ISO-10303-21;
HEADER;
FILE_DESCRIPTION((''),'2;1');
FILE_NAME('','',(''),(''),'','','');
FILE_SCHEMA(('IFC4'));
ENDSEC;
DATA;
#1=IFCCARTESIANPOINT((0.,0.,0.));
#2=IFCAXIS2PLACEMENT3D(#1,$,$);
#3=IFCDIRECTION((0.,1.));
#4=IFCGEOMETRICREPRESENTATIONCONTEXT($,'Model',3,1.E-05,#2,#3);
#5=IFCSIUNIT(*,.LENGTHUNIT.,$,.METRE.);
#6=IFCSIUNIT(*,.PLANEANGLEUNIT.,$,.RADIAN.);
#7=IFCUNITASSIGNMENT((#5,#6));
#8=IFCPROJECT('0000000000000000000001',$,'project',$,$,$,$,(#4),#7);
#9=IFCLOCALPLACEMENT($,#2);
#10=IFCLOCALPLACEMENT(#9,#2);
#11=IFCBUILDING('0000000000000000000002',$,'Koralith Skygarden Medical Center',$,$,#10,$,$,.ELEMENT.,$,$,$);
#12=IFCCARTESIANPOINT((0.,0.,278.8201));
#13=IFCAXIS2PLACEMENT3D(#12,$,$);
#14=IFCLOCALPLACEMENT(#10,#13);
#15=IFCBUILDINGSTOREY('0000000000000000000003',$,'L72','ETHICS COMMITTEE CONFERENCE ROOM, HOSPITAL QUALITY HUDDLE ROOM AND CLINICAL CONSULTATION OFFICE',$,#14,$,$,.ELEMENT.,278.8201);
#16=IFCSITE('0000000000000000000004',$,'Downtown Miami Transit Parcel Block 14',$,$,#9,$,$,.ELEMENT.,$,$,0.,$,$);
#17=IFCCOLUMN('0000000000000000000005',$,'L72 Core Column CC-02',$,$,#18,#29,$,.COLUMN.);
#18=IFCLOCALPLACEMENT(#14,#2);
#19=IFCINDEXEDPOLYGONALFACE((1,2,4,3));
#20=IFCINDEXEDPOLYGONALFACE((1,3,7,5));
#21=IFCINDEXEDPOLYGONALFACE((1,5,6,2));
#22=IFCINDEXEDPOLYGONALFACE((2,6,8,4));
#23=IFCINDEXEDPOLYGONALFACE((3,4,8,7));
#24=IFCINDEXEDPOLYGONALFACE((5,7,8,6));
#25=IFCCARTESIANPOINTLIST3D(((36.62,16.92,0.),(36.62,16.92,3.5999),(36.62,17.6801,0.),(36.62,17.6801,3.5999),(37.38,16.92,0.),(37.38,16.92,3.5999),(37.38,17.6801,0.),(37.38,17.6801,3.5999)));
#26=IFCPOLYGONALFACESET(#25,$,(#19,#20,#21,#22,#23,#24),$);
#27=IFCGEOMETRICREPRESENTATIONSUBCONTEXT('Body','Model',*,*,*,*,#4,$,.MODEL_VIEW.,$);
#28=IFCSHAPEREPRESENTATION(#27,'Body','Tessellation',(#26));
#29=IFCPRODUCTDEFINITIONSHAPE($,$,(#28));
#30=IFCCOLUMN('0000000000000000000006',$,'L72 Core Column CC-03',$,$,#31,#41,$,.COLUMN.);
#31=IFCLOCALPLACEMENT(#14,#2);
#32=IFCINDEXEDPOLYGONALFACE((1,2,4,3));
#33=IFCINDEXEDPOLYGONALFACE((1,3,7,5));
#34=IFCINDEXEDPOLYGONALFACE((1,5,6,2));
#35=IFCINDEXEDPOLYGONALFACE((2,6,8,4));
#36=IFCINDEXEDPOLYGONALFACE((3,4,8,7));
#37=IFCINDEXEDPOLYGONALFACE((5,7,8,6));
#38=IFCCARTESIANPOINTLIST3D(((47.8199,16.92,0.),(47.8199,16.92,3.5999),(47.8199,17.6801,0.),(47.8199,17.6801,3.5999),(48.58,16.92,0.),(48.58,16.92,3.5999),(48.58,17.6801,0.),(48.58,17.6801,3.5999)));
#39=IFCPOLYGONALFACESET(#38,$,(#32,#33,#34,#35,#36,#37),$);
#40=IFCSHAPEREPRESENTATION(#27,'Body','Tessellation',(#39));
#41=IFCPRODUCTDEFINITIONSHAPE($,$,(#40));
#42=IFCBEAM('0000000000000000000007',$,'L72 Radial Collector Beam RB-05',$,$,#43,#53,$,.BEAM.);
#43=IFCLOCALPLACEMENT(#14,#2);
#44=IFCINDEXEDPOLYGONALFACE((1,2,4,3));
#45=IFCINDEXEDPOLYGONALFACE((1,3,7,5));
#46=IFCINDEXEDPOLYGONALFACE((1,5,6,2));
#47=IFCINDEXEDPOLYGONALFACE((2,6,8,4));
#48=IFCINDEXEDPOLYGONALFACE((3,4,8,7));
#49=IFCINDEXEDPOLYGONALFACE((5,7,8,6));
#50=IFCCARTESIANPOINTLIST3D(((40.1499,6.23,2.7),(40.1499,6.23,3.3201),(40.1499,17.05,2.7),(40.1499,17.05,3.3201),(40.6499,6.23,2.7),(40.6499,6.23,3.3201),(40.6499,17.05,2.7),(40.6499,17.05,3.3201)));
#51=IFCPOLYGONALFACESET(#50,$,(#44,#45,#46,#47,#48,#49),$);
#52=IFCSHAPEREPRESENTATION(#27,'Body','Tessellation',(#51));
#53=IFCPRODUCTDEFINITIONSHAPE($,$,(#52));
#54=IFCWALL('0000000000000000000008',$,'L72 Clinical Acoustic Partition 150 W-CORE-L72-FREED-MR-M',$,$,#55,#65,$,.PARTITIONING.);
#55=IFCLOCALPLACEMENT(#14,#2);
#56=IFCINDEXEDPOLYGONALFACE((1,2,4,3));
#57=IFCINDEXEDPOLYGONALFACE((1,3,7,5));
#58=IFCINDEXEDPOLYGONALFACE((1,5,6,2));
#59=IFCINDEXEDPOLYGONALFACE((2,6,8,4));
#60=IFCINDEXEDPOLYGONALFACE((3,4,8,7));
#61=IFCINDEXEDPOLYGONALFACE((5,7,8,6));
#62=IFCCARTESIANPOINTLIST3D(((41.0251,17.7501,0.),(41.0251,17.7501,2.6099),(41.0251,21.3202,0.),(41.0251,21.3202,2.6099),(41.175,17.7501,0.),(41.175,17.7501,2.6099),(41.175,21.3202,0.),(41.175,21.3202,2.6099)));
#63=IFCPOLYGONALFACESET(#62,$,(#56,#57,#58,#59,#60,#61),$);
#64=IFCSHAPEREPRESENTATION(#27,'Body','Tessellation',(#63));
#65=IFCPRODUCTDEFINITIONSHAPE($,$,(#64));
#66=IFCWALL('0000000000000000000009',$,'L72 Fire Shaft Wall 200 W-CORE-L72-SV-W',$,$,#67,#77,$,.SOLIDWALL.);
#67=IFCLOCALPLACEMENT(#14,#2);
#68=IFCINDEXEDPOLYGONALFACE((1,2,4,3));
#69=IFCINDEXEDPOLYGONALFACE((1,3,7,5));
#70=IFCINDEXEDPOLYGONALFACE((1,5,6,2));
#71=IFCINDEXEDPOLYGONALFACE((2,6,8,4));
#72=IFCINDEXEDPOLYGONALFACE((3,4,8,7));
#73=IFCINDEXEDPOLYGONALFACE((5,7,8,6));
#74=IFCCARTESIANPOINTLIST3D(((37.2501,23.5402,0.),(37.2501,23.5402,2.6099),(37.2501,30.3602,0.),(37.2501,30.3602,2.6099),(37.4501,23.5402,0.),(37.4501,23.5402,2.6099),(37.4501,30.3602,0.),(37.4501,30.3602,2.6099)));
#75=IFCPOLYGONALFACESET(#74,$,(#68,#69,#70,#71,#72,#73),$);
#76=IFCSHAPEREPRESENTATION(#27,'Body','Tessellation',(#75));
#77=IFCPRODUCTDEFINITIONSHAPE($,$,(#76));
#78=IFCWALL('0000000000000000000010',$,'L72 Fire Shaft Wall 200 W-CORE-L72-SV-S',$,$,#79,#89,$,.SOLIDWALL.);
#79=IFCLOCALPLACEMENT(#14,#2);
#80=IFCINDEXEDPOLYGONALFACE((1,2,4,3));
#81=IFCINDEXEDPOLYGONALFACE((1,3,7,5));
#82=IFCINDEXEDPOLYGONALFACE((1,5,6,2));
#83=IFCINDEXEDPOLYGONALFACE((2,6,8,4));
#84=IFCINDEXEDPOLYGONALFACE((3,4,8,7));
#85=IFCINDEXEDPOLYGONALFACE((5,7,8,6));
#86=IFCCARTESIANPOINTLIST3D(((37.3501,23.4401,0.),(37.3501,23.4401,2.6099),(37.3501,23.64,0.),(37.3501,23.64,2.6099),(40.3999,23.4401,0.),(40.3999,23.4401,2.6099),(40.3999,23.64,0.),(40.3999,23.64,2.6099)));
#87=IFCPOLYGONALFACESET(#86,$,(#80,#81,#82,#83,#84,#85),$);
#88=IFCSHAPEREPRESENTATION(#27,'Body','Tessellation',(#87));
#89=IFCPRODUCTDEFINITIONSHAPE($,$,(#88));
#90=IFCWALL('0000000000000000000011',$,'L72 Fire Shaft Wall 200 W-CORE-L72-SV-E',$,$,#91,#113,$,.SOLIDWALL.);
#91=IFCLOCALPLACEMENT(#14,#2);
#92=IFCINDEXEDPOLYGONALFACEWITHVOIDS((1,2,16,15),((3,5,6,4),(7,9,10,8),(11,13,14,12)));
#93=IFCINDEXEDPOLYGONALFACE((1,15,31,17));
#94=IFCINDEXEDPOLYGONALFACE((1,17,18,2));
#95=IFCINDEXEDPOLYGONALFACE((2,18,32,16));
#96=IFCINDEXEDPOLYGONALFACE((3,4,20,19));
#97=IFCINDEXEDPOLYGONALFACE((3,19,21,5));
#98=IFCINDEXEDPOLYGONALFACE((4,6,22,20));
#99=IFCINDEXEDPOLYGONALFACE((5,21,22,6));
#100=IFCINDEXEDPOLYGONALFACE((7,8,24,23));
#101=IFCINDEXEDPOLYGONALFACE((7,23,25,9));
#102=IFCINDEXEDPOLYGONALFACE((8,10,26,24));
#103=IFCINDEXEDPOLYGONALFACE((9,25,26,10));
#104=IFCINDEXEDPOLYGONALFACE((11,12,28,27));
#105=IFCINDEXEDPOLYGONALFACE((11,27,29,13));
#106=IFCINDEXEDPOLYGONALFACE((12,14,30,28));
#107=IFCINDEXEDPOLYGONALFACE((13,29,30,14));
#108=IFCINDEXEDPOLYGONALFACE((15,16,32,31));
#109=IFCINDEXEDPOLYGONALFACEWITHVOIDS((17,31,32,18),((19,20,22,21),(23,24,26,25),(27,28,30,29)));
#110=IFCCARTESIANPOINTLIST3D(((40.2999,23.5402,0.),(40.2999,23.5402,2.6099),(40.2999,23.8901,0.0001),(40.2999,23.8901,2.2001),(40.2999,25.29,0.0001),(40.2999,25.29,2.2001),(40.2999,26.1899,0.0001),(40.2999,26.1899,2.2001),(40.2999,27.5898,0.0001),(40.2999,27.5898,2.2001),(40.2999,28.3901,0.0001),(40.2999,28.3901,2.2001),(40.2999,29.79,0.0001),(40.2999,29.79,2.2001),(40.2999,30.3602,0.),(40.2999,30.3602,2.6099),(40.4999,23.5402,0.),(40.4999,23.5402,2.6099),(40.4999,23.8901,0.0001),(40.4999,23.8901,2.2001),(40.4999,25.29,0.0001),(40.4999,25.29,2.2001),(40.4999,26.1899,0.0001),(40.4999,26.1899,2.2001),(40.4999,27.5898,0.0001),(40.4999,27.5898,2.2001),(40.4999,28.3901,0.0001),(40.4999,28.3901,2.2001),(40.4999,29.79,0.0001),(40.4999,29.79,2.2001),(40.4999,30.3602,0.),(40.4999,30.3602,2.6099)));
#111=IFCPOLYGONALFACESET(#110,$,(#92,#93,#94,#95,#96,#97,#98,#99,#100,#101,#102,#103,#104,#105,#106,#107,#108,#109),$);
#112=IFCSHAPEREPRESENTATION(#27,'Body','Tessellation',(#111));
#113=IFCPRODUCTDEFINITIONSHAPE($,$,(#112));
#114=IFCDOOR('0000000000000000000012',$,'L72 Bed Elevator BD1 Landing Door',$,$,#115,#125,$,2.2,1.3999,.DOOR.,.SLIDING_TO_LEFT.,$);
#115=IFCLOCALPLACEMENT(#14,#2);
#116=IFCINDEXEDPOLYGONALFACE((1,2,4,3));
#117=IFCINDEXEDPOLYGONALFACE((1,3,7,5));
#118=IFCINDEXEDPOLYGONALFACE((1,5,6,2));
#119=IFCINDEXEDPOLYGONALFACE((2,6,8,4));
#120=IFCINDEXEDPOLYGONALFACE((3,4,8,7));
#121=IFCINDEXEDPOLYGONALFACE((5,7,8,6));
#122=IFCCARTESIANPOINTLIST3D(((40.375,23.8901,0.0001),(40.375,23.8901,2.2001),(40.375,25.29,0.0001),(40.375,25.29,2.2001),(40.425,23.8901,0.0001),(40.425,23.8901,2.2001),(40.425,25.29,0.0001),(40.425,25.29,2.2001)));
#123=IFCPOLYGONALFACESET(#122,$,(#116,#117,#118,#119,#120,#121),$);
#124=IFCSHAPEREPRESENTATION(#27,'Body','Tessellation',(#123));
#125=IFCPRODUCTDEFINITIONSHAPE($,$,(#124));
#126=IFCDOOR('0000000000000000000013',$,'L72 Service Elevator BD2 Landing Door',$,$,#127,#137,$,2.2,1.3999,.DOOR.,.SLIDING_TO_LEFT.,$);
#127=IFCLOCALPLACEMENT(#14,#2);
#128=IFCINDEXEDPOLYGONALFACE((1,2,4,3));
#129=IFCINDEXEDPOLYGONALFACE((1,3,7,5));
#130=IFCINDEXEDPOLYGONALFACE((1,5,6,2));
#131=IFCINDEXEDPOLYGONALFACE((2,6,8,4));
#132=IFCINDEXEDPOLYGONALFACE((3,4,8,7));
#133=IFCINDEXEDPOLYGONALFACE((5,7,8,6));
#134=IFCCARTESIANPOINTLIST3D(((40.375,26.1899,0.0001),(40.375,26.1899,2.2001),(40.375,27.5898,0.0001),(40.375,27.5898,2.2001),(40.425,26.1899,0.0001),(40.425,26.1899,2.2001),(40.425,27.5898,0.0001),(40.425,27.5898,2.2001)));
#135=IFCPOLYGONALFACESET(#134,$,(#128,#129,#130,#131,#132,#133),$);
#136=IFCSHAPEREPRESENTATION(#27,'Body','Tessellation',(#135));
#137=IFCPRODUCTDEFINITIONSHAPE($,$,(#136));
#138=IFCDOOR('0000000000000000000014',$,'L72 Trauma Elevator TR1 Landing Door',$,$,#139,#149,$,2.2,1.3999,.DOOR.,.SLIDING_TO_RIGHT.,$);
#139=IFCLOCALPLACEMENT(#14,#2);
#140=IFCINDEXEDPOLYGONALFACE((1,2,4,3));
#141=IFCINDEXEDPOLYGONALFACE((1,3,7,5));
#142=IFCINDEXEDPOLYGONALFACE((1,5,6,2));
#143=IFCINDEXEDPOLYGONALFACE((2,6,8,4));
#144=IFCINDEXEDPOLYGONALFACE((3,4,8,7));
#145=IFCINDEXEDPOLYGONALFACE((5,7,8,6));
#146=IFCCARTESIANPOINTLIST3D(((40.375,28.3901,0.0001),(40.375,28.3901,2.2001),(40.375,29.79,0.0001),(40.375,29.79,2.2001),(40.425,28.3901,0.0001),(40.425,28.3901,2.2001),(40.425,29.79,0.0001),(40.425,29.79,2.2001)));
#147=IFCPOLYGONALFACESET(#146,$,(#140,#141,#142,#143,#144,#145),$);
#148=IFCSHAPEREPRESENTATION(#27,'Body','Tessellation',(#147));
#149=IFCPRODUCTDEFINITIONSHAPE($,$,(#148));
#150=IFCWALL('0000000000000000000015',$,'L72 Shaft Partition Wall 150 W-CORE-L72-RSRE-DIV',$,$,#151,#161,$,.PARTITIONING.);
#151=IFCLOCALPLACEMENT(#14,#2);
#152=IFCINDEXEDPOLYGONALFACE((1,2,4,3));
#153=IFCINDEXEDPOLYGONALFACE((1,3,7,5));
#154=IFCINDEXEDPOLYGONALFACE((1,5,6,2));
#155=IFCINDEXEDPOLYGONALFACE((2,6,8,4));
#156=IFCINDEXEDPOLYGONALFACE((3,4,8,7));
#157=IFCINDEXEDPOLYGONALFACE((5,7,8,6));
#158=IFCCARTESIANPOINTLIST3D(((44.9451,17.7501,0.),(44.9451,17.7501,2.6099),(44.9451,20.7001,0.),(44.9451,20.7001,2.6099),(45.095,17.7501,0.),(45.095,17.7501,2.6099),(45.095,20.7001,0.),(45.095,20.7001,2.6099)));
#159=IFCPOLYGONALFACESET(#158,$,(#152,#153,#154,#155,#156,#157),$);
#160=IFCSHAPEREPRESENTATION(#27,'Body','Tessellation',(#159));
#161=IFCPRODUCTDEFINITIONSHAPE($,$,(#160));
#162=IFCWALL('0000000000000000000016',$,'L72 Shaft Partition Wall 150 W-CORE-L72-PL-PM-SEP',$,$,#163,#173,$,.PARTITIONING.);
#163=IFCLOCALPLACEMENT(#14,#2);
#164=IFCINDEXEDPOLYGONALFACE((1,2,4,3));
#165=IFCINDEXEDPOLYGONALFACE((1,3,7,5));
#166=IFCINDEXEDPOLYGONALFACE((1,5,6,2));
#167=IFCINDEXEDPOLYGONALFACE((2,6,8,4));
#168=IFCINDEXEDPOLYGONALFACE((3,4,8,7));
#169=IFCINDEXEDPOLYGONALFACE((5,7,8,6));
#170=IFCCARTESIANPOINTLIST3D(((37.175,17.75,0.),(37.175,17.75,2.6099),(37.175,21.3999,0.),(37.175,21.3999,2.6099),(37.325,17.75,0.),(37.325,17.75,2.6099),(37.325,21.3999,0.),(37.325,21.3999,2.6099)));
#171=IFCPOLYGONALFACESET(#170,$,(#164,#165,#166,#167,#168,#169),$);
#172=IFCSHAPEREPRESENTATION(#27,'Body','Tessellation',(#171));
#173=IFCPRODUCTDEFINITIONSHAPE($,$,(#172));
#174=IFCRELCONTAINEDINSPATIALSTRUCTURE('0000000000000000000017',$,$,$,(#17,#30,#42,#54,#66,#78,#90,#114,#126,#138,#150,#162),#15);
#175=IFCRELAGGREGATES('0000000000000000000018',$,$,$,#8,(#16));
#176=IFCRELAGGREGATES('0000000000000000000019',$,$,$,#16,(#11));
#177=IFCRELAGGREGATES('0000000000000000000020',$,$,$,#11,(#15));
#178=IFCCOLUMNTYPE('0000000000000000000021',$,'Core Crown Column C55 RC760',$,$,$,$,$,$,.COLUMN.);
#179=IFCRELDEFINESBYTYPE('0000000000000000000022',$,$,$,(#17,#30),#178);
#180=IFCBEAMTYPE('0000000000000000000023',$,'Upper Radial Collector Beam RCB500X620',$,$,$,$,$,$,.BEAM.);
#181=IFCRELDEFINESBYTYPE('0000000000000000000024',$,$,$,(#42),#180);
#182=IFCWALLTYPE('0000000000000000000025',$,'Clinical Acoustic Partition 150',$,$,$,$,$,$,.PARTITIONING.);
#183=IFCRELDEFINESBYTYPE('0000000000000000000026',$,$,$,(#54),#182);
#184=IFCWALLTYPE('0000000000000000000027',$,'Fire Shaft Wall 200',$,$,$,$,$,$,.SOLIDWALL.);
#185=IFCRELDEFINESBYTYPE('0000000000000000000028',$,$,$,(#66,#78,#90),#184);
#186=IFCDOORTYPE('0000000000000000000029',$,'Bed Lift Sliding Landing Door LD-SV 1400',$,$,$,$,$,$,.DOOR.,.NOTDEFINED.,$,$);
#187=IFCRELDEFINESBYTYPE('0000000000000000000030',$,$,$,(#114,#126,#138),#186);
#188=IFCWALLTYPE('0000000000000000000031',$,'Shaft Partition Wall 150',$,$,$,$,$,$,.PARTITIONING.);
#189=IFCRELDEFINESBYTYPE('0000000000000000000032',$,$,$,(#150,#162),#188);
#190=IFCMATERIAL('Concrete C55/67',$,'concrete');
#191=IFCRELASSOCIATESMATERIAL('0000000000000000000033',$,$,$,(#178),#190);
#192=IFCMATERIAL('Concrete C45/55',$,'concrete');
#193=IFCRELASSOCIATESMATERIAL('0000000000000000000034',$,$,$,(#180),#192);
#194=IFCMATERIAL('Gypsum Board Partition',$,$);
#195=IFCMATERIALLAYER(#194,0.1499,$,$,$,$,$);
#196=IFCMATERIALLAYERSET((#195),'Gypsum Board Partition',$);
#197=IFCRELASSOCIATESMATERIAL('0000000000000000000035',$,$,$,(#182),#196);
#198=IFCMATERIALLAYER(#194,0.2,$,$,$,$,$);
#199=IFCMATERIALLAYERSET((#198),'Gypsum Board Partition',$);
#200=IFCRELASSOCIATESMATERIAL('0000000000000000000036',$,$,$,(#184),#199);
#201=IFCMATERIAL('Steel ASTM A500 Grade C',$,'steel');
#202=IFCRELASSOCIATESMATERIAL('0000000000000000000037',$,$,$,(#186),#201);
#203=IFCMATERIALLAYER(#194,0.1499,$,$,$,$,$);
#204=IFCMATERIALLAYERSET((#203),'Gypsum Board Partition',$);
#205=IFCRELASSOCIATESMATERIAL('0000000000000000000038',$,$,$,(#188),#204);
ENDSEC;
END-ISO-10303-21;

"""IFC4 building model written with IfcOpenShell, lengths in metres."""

from ifc_helpers import new_model, si_unit, direction, frame, frame_2d, origin, origin_2d, place, context, subcontext, project, spatial, rectangle, extrude, material, layer, layer_set, material_profile, profile_set, type_object, element, fill, save


model = new_model("IFC4")

# Units and contexts
model_context = context("Model", 3, precision=1e-05, world=origin(), true_north=direction((0.0, 1.0)))
body_context = subcontext(model_context, "Body", "Model", "MODEL_VIEW")
ifc_project = project(units=[si_unit("LENGTHUNIT", "METRE"), si_unit("PLANEANGLEUNIT", "RADIAN")], contexts=[model_context])

# Site, building, storey
site_placement = place(None, origin())
site = spatial("IfcSite", under=ifc_project, at=site_placement, Name="Downtown Miami Transit Parcel Block 14", CompositionType="ELEMENT", RefElevation=0.0)
building_placement = place(site_placement, origin())
building = spatial("IfcBuilding", under=site, at=building_placement, Name="Koralith Skygarden Medical Center", CompositionType="ELEMENT")
storey_placement = place(building_placement, frame((0.0, 0.0, 278.8201)))
storey = spatial("IfcBuildingStorey", under=building, at=storey_placement, Name="L72", Description="ETHICS COMMITTEE CONFERENCE ROOM, HOSPITAL QUALITY HUDDLE ROOM AND CLINICAL CONSULTATION OFFICE", CompositionType="ELEMENT", Elevation=278.8201)

# Columns
ifc_material_1 = material(Name="Concrete C55/67", Category="concrete")
ifc_material_profile_1 = material_profile(ifc_material_1, rectangle(XDim=0.76, YDim=0.76, at=origin_2d()), Name="RC760X760")
ifc_profile_set_1 = profile_set([ifc_material_profile_1], Name="Concrete C55/67")
column_type = type_object("IfcColumnType", Name="Core Crown Column C55 RC760", PredefinedType="COLUMN", material=ifc_profile_set_1)
for number, where, z_axis, x_axis, name in (
    (1, (37.0, 17.3, 0.0), (0.0, 0.0, 1.0), (1.0, 0.0, 0.0), "L72 Core Column CC-02"),
    (2, (48.2, 17.3, 0.0), (0.0, 0.0, 1.0), (1.0, 0.0, 0.0), "L72 Core Column CC-03"),
):
    element("IfcColumn", number, at=place(storey_placement, frame(where, z_axis=z_axis, x_axis=x_axis)), inside=storey, type_object=column_type, Name=name, PredefinedType="COLUMN", context=body_context, shape_type="SweptSolid", body=[
        extrude(rectangle(XDim=0.76, YDim=0.76, at=origin_2d()), origin(), (0.0, 0.0, 1.0), 3.5999),
    ])

# Beam
ifc_material_2 = material(Name="Concrete C45/55", Category="concrete")
ifc_material_profile_2 = material_profile(ifc_material_2, rectangle(XDim=0.5, YDim=0.6201, at=origin_2d()), Name="RCB500X620")
ifc_profile_set_2 = profile_set([ifc_material_profile_2], Name="Concrete C45/55")
beam_type = type_object("IfcBeamType", Name="Upper Radial Collector Beam RCB500X620", PredefinedType="BEAM", material=ifc_profile_set_2)
beam_placement = place(storey_placement, frame((40.3999, 17.05, 3.01), z_axis=(0.0, -1.0, 0.0), x_axis=(1.0, 0.0, 0.0)))
element("IfcBeam", 3, at=beam_placement, inside=storey, type_object=beam_type, Name="L72 Radial Collector Beam RB-05", PredefinedType="BEAM", context=body_context, shape_type="SweptSolid", body=[
    extrude(rectangle(XDim=0.5, YDim=0.6201, at=origin_2d()), origin(), (0.0, 0.0, 1.0), 10.8201),
])

# Shared definitions
ifc_material_3 = material(Name="Gypsum Board Partition")
ifc_layer_1 = layer(ifc_material_3, 0.1499)
ifc_layer_set_1 = layer_set([ifc_layer_1], Name="Gypsum Board Partition")
wall_type_1 = type_object("IfcWallType", Name="Clinical Acoustic Partition 150", PredefinedType="PARTITIONING", material=ifc_layer_set_1)

# Wall
wall_1_placement = place(storey_placement, frame((41.1001, 17.75, 0.0), z_axis=(0.0, 0.0, 1.0), x_axis=(0.0, 1.0, 0.0)))
element("IfcWall", 4, at=wall_1_placement, inside=storey, type_object=wall_type_1, Name="L72 Clinical Acoustic Partition 150 W-CORE-L72-FREED-MR-M", PredefinedType="PARTITIONING", context=body_context, shape_type="SweptSolid", body=[
    extrude(rectangle(XDim=3.5701, YDim=0.1499, at=frame_2d((1.7852, 0.0))), origin(), (0.0, 0.0, 1.0), 2.6099),
])

# Shared definitions
ifc_layer_2 = layer(ifc_material_3, 0.2)
ifc_layer_set_2 = layer_set([ifc_layer_2], Name="Gypsum Board Partition")
wall_type_2 = type_object("IfcWallType", Name="Fire Shaft Wall 200", PredefinedType="SOLIDWALL", material=ifc_layer_set_2)
ifc_material_4 = material(Name="Steel ASTM A500 Grade C", Category="steel")

# Walls
wall_2_placement = place(storey_placement, frame((37.3501, 23.54, 0.0), z_axis=(0.0, 0.0, 1.0), x_axis=(0.0, 1.0, 0.0)))
element("IfcWall", 5, at=wall_2_placement, inside=storey, type_object=wall_type_2, Name="L72 Fire Shaft Wall 200 W-CORE-L72-SV-W", PredefinedType="SOLIDWALL", context=body_context, shape_type="SweptSolid", body=[
    extrude(rectangle(XDim=6.8201, YDim=0.2, at=frame_2d((3.4102, 0.0))), origin(), (0.0, 0.0, 1.0), 2.6099),
])
wall_3_placement = place(storey_placement, frame((37.3501, 23.54, 0.0), z_axis=(0.0, 0.0, 1.0), x_axis=(1.0, 0.0, 0.0)))
element("IfcWall", 6, at=wall_3_placement, inside=storey, type_object=wall_type_2, Name="L72 Fire Shaft Wall 200 W-CORE-L72-SV-S", PredefinedType="SOLIDWALL", context=body_context, shape_type="SweptSolid", body=[
    extrude(rectangle(XDim=3.0498, YDim=0.2, at=frame_2d((1.5249, 0.0))), origin(), (0.0, 0.0, 1.0), 2.6099),
])

# Wall, openings, doors
wall_4_placement = place(storey_placement, frame((40.3999, 23.54, 0.0), z_axis=(0.0, 0.0, 1.0), x_axis=(0.0, 1.0, 0.0)))
wall_4 = element("IfcWall", 7, at=wall_4_placement, inside=storey, type_object=wall_type_2, Name="L72 Fire Shaft Wall 200 W-CORE-L72-SV-E", PredefinedType="SOLIDWALL", context=body_context, shape_type="SweptSolid", body=[
    extrude(rectangle(XDim=6.8201, YDim=0.2, at=frame_2d((3.4102, 0.0))), origin(), (0.0, 0.0, 1.0), 2.6099),
])
opening_1_placement = place(wall_4_placement, frame((0.3501, 0.0, 0.0)))
opening_1 = element("IfcOpeningElement", 8, at=opening_1_placement, cuts=wall_4, PredefinedType="OPENING", context=body_context, shape_type="SweptSolid", body=[
    extrude(rectangle(XDim=1.3999, YDim=2.2, at=frame_2d((0.7, 1.1001))), frame((0.0, 0.1099, 0.0), z_axis=(0.0, -1.0, 0.0), x_axis=(1.0, 0.0, 0.0)), (0.0, 0.0, 1.0), 0.22),
])
opening_2_placement = place(wall_4_placement, frame((2.6499, 0.0, 0.0)))
opening_2 = element("IfcOpeningElement", 9, at=opening_2_placement, cuts=wall_4, PredefinedType="OPENING", context=body_context, shape_type="SweptSolid", body=[
    extrude(rectangle(XDim=1.3999, YDim=2.2, at=frame_2d((0.7, 1.1001))), frame((0.0, 0.1099, 0.0), z_axis=(0.0, -1.0, 0.0), x_axis=(1.0, 0.0, 0.0)), (0.0, 0.0, 1.0), 0.22),
])
opening_3_placement = place(wall_4_placement, frame((4.8501, 0.0, 0.0)))
opening_3 = element("IfcOpeningElement", 10, at=opening_3_placement, cuts=wall_4, PredefinedType="OPENING", context=body_context, shape_type="SweptSolid", body=[
    extrude(rectangle(XDim=1.3999, YDim=2.2, at=frame_2d((0.7, 1.1001))), frame((0.0, 0.1099, 0.0), z_axis=(0.0, -1.0, 0.0), x_axis=(1.0, 0.0, 0.0)), (0.0, 0.0, 1.0), 0.22),
])
door_type_1 = type_object("IfcDoorType", Name="Bed Lift Sliding Landing Door LD-SV 1400", OperationType="NOTDEFINED", PredefinedType="DOOR", material=ifc_material_4)
door_1_placement = place(opening_1_placement, origin())
door_1 = element("IfcDoor", 11, at=door_1_placement, inside=storey, type_object=door_type_1, Name="L72 Bed Elevator BD1 Landing Door", OperationType="SLIDING_TO_LEFT", OverallHeight=2.2, OverallWidth=1.3999, PredefinedType="DOOR", context=body_context, shape_type="SweptSolid", body=[
    extrude(rectangle(XDim=1.3999, YDim=2.2, at=frame_2d((0.7, 1.1001))), frame((0.0, 0.0249, 0.0), z_axis=(0.0, -1.0, 0.0), x_axis=(1.0, 0.0, 0.0)), (0.0, 0.0, 1.0), 0.05),
])
fill(opening_1, door_1)
door_2_placement = place(opening_2_placement, origin())
door_2 = element("IfcDoor", 12, at=door_2_placement, inside=storey, type_object=door_type_1, Name="L72 Service Elevator BD2 Landing Door", OperationType="SLIDING_TO_LEFT", OverallHeight=2.2, OverallWidth=1.3999, PredefinedType="DOOR", context=body_context, shape_type="SweptSolid", body=[
    extrude(rectangle(XDim=1.3999, YDim=2.2, at=frame_2d((0.7, 1.1001))), frame((0.0, 0.0249, 0.0), z_axis=(0.0, -1.0, 0.0), x_axis=(1.0, 0.0, 0.0)), (0.0, 0.0, 1.0), 0.05),
])
fill(opening_2, door_2)
door_3_placement = place(opening_3_placement, origin())
door_3 = element("IfcDoor", 13, at=door_3_placement, inside=storey, type_object=door_type_1, Name="L72 Trauma Elevator TR1 Landing Door", OperationType="SLIDING_TO_RIGHT", OverallHeight=2.2, OverallWidth=1.3999, PredefinedType="DOOR", context=body_context, shape_type="SweptSolid", body=[
    extrude(rectangle(XDim=1.3999, YDim=2.2, at=frame_2d((0.7, 1.1001))), frame((0.0, 0.0249, 0.0), z_axis=(0.0, -1.0, 0.0), x_axis=(1.0, 0.0, 0.0)), (0.0, 0.0, 1.0), 0.05),
])
fill(opening_3, door_3)

# Walls
ifc_layer_3 = layer(ifc_material_3, 0.1499)
ifc_layer_set_3 = layer_set([ifc_layer_3], Name="Gypsum Board Partition")
wall_type_3 = type_object("IfcWallType", Name="Shaft Partition Wall 150", PredefinedType="PARTITIONING", material=ifc_layer_set_3)
wall_5_placement = place(storey_placement, frame((45.02, 17.75, 0.0), z_axis=(0.0, 0.0, 1.0), x_axis=(0.0, 1.0, 0.0)))
element("IfcWall", 14, at=wall_5_placement, inside=storey, type_object=wall_type_3, Name="L72 Shaft Partition Wall 150 W-CORE-L72-RSRE-DIV", PredefinedType="PARTITIONING", context=body_context, shape_type="SweptSolid", body=[
    extrude(rectangle(XDim=2.95, YDim=0.1499, at=frame_2d((1.4751, 0.0))), origin(), (0.0, 0.0, 1.0), 2.6099),
])
wall_6_placement = place(storey_placement, frame((37.25, 17.75, 0.0), z_axis=(0.0, 0.0, 1.0), x_axis=(0.0, 1.0, 0.0)))
element("IfcWall", 15, at=wall_6_placement, inside=storey, type_object=wall_type_3, Name="L72 Shaft Partition Wall 150 W-CORE-L72-PL-PM-SEP", PredefinedType="PARTITIONING", context=body_context, shape_type="SweptSolid", body=[
    extrude(rectangle(XDim=3.6499, YDim=0.1499, at=frame_2d((1.825, 0.0))), origin(), (0.0, 0.0, 1.0), 2.6099),
])

save(model, "model.ifc")
